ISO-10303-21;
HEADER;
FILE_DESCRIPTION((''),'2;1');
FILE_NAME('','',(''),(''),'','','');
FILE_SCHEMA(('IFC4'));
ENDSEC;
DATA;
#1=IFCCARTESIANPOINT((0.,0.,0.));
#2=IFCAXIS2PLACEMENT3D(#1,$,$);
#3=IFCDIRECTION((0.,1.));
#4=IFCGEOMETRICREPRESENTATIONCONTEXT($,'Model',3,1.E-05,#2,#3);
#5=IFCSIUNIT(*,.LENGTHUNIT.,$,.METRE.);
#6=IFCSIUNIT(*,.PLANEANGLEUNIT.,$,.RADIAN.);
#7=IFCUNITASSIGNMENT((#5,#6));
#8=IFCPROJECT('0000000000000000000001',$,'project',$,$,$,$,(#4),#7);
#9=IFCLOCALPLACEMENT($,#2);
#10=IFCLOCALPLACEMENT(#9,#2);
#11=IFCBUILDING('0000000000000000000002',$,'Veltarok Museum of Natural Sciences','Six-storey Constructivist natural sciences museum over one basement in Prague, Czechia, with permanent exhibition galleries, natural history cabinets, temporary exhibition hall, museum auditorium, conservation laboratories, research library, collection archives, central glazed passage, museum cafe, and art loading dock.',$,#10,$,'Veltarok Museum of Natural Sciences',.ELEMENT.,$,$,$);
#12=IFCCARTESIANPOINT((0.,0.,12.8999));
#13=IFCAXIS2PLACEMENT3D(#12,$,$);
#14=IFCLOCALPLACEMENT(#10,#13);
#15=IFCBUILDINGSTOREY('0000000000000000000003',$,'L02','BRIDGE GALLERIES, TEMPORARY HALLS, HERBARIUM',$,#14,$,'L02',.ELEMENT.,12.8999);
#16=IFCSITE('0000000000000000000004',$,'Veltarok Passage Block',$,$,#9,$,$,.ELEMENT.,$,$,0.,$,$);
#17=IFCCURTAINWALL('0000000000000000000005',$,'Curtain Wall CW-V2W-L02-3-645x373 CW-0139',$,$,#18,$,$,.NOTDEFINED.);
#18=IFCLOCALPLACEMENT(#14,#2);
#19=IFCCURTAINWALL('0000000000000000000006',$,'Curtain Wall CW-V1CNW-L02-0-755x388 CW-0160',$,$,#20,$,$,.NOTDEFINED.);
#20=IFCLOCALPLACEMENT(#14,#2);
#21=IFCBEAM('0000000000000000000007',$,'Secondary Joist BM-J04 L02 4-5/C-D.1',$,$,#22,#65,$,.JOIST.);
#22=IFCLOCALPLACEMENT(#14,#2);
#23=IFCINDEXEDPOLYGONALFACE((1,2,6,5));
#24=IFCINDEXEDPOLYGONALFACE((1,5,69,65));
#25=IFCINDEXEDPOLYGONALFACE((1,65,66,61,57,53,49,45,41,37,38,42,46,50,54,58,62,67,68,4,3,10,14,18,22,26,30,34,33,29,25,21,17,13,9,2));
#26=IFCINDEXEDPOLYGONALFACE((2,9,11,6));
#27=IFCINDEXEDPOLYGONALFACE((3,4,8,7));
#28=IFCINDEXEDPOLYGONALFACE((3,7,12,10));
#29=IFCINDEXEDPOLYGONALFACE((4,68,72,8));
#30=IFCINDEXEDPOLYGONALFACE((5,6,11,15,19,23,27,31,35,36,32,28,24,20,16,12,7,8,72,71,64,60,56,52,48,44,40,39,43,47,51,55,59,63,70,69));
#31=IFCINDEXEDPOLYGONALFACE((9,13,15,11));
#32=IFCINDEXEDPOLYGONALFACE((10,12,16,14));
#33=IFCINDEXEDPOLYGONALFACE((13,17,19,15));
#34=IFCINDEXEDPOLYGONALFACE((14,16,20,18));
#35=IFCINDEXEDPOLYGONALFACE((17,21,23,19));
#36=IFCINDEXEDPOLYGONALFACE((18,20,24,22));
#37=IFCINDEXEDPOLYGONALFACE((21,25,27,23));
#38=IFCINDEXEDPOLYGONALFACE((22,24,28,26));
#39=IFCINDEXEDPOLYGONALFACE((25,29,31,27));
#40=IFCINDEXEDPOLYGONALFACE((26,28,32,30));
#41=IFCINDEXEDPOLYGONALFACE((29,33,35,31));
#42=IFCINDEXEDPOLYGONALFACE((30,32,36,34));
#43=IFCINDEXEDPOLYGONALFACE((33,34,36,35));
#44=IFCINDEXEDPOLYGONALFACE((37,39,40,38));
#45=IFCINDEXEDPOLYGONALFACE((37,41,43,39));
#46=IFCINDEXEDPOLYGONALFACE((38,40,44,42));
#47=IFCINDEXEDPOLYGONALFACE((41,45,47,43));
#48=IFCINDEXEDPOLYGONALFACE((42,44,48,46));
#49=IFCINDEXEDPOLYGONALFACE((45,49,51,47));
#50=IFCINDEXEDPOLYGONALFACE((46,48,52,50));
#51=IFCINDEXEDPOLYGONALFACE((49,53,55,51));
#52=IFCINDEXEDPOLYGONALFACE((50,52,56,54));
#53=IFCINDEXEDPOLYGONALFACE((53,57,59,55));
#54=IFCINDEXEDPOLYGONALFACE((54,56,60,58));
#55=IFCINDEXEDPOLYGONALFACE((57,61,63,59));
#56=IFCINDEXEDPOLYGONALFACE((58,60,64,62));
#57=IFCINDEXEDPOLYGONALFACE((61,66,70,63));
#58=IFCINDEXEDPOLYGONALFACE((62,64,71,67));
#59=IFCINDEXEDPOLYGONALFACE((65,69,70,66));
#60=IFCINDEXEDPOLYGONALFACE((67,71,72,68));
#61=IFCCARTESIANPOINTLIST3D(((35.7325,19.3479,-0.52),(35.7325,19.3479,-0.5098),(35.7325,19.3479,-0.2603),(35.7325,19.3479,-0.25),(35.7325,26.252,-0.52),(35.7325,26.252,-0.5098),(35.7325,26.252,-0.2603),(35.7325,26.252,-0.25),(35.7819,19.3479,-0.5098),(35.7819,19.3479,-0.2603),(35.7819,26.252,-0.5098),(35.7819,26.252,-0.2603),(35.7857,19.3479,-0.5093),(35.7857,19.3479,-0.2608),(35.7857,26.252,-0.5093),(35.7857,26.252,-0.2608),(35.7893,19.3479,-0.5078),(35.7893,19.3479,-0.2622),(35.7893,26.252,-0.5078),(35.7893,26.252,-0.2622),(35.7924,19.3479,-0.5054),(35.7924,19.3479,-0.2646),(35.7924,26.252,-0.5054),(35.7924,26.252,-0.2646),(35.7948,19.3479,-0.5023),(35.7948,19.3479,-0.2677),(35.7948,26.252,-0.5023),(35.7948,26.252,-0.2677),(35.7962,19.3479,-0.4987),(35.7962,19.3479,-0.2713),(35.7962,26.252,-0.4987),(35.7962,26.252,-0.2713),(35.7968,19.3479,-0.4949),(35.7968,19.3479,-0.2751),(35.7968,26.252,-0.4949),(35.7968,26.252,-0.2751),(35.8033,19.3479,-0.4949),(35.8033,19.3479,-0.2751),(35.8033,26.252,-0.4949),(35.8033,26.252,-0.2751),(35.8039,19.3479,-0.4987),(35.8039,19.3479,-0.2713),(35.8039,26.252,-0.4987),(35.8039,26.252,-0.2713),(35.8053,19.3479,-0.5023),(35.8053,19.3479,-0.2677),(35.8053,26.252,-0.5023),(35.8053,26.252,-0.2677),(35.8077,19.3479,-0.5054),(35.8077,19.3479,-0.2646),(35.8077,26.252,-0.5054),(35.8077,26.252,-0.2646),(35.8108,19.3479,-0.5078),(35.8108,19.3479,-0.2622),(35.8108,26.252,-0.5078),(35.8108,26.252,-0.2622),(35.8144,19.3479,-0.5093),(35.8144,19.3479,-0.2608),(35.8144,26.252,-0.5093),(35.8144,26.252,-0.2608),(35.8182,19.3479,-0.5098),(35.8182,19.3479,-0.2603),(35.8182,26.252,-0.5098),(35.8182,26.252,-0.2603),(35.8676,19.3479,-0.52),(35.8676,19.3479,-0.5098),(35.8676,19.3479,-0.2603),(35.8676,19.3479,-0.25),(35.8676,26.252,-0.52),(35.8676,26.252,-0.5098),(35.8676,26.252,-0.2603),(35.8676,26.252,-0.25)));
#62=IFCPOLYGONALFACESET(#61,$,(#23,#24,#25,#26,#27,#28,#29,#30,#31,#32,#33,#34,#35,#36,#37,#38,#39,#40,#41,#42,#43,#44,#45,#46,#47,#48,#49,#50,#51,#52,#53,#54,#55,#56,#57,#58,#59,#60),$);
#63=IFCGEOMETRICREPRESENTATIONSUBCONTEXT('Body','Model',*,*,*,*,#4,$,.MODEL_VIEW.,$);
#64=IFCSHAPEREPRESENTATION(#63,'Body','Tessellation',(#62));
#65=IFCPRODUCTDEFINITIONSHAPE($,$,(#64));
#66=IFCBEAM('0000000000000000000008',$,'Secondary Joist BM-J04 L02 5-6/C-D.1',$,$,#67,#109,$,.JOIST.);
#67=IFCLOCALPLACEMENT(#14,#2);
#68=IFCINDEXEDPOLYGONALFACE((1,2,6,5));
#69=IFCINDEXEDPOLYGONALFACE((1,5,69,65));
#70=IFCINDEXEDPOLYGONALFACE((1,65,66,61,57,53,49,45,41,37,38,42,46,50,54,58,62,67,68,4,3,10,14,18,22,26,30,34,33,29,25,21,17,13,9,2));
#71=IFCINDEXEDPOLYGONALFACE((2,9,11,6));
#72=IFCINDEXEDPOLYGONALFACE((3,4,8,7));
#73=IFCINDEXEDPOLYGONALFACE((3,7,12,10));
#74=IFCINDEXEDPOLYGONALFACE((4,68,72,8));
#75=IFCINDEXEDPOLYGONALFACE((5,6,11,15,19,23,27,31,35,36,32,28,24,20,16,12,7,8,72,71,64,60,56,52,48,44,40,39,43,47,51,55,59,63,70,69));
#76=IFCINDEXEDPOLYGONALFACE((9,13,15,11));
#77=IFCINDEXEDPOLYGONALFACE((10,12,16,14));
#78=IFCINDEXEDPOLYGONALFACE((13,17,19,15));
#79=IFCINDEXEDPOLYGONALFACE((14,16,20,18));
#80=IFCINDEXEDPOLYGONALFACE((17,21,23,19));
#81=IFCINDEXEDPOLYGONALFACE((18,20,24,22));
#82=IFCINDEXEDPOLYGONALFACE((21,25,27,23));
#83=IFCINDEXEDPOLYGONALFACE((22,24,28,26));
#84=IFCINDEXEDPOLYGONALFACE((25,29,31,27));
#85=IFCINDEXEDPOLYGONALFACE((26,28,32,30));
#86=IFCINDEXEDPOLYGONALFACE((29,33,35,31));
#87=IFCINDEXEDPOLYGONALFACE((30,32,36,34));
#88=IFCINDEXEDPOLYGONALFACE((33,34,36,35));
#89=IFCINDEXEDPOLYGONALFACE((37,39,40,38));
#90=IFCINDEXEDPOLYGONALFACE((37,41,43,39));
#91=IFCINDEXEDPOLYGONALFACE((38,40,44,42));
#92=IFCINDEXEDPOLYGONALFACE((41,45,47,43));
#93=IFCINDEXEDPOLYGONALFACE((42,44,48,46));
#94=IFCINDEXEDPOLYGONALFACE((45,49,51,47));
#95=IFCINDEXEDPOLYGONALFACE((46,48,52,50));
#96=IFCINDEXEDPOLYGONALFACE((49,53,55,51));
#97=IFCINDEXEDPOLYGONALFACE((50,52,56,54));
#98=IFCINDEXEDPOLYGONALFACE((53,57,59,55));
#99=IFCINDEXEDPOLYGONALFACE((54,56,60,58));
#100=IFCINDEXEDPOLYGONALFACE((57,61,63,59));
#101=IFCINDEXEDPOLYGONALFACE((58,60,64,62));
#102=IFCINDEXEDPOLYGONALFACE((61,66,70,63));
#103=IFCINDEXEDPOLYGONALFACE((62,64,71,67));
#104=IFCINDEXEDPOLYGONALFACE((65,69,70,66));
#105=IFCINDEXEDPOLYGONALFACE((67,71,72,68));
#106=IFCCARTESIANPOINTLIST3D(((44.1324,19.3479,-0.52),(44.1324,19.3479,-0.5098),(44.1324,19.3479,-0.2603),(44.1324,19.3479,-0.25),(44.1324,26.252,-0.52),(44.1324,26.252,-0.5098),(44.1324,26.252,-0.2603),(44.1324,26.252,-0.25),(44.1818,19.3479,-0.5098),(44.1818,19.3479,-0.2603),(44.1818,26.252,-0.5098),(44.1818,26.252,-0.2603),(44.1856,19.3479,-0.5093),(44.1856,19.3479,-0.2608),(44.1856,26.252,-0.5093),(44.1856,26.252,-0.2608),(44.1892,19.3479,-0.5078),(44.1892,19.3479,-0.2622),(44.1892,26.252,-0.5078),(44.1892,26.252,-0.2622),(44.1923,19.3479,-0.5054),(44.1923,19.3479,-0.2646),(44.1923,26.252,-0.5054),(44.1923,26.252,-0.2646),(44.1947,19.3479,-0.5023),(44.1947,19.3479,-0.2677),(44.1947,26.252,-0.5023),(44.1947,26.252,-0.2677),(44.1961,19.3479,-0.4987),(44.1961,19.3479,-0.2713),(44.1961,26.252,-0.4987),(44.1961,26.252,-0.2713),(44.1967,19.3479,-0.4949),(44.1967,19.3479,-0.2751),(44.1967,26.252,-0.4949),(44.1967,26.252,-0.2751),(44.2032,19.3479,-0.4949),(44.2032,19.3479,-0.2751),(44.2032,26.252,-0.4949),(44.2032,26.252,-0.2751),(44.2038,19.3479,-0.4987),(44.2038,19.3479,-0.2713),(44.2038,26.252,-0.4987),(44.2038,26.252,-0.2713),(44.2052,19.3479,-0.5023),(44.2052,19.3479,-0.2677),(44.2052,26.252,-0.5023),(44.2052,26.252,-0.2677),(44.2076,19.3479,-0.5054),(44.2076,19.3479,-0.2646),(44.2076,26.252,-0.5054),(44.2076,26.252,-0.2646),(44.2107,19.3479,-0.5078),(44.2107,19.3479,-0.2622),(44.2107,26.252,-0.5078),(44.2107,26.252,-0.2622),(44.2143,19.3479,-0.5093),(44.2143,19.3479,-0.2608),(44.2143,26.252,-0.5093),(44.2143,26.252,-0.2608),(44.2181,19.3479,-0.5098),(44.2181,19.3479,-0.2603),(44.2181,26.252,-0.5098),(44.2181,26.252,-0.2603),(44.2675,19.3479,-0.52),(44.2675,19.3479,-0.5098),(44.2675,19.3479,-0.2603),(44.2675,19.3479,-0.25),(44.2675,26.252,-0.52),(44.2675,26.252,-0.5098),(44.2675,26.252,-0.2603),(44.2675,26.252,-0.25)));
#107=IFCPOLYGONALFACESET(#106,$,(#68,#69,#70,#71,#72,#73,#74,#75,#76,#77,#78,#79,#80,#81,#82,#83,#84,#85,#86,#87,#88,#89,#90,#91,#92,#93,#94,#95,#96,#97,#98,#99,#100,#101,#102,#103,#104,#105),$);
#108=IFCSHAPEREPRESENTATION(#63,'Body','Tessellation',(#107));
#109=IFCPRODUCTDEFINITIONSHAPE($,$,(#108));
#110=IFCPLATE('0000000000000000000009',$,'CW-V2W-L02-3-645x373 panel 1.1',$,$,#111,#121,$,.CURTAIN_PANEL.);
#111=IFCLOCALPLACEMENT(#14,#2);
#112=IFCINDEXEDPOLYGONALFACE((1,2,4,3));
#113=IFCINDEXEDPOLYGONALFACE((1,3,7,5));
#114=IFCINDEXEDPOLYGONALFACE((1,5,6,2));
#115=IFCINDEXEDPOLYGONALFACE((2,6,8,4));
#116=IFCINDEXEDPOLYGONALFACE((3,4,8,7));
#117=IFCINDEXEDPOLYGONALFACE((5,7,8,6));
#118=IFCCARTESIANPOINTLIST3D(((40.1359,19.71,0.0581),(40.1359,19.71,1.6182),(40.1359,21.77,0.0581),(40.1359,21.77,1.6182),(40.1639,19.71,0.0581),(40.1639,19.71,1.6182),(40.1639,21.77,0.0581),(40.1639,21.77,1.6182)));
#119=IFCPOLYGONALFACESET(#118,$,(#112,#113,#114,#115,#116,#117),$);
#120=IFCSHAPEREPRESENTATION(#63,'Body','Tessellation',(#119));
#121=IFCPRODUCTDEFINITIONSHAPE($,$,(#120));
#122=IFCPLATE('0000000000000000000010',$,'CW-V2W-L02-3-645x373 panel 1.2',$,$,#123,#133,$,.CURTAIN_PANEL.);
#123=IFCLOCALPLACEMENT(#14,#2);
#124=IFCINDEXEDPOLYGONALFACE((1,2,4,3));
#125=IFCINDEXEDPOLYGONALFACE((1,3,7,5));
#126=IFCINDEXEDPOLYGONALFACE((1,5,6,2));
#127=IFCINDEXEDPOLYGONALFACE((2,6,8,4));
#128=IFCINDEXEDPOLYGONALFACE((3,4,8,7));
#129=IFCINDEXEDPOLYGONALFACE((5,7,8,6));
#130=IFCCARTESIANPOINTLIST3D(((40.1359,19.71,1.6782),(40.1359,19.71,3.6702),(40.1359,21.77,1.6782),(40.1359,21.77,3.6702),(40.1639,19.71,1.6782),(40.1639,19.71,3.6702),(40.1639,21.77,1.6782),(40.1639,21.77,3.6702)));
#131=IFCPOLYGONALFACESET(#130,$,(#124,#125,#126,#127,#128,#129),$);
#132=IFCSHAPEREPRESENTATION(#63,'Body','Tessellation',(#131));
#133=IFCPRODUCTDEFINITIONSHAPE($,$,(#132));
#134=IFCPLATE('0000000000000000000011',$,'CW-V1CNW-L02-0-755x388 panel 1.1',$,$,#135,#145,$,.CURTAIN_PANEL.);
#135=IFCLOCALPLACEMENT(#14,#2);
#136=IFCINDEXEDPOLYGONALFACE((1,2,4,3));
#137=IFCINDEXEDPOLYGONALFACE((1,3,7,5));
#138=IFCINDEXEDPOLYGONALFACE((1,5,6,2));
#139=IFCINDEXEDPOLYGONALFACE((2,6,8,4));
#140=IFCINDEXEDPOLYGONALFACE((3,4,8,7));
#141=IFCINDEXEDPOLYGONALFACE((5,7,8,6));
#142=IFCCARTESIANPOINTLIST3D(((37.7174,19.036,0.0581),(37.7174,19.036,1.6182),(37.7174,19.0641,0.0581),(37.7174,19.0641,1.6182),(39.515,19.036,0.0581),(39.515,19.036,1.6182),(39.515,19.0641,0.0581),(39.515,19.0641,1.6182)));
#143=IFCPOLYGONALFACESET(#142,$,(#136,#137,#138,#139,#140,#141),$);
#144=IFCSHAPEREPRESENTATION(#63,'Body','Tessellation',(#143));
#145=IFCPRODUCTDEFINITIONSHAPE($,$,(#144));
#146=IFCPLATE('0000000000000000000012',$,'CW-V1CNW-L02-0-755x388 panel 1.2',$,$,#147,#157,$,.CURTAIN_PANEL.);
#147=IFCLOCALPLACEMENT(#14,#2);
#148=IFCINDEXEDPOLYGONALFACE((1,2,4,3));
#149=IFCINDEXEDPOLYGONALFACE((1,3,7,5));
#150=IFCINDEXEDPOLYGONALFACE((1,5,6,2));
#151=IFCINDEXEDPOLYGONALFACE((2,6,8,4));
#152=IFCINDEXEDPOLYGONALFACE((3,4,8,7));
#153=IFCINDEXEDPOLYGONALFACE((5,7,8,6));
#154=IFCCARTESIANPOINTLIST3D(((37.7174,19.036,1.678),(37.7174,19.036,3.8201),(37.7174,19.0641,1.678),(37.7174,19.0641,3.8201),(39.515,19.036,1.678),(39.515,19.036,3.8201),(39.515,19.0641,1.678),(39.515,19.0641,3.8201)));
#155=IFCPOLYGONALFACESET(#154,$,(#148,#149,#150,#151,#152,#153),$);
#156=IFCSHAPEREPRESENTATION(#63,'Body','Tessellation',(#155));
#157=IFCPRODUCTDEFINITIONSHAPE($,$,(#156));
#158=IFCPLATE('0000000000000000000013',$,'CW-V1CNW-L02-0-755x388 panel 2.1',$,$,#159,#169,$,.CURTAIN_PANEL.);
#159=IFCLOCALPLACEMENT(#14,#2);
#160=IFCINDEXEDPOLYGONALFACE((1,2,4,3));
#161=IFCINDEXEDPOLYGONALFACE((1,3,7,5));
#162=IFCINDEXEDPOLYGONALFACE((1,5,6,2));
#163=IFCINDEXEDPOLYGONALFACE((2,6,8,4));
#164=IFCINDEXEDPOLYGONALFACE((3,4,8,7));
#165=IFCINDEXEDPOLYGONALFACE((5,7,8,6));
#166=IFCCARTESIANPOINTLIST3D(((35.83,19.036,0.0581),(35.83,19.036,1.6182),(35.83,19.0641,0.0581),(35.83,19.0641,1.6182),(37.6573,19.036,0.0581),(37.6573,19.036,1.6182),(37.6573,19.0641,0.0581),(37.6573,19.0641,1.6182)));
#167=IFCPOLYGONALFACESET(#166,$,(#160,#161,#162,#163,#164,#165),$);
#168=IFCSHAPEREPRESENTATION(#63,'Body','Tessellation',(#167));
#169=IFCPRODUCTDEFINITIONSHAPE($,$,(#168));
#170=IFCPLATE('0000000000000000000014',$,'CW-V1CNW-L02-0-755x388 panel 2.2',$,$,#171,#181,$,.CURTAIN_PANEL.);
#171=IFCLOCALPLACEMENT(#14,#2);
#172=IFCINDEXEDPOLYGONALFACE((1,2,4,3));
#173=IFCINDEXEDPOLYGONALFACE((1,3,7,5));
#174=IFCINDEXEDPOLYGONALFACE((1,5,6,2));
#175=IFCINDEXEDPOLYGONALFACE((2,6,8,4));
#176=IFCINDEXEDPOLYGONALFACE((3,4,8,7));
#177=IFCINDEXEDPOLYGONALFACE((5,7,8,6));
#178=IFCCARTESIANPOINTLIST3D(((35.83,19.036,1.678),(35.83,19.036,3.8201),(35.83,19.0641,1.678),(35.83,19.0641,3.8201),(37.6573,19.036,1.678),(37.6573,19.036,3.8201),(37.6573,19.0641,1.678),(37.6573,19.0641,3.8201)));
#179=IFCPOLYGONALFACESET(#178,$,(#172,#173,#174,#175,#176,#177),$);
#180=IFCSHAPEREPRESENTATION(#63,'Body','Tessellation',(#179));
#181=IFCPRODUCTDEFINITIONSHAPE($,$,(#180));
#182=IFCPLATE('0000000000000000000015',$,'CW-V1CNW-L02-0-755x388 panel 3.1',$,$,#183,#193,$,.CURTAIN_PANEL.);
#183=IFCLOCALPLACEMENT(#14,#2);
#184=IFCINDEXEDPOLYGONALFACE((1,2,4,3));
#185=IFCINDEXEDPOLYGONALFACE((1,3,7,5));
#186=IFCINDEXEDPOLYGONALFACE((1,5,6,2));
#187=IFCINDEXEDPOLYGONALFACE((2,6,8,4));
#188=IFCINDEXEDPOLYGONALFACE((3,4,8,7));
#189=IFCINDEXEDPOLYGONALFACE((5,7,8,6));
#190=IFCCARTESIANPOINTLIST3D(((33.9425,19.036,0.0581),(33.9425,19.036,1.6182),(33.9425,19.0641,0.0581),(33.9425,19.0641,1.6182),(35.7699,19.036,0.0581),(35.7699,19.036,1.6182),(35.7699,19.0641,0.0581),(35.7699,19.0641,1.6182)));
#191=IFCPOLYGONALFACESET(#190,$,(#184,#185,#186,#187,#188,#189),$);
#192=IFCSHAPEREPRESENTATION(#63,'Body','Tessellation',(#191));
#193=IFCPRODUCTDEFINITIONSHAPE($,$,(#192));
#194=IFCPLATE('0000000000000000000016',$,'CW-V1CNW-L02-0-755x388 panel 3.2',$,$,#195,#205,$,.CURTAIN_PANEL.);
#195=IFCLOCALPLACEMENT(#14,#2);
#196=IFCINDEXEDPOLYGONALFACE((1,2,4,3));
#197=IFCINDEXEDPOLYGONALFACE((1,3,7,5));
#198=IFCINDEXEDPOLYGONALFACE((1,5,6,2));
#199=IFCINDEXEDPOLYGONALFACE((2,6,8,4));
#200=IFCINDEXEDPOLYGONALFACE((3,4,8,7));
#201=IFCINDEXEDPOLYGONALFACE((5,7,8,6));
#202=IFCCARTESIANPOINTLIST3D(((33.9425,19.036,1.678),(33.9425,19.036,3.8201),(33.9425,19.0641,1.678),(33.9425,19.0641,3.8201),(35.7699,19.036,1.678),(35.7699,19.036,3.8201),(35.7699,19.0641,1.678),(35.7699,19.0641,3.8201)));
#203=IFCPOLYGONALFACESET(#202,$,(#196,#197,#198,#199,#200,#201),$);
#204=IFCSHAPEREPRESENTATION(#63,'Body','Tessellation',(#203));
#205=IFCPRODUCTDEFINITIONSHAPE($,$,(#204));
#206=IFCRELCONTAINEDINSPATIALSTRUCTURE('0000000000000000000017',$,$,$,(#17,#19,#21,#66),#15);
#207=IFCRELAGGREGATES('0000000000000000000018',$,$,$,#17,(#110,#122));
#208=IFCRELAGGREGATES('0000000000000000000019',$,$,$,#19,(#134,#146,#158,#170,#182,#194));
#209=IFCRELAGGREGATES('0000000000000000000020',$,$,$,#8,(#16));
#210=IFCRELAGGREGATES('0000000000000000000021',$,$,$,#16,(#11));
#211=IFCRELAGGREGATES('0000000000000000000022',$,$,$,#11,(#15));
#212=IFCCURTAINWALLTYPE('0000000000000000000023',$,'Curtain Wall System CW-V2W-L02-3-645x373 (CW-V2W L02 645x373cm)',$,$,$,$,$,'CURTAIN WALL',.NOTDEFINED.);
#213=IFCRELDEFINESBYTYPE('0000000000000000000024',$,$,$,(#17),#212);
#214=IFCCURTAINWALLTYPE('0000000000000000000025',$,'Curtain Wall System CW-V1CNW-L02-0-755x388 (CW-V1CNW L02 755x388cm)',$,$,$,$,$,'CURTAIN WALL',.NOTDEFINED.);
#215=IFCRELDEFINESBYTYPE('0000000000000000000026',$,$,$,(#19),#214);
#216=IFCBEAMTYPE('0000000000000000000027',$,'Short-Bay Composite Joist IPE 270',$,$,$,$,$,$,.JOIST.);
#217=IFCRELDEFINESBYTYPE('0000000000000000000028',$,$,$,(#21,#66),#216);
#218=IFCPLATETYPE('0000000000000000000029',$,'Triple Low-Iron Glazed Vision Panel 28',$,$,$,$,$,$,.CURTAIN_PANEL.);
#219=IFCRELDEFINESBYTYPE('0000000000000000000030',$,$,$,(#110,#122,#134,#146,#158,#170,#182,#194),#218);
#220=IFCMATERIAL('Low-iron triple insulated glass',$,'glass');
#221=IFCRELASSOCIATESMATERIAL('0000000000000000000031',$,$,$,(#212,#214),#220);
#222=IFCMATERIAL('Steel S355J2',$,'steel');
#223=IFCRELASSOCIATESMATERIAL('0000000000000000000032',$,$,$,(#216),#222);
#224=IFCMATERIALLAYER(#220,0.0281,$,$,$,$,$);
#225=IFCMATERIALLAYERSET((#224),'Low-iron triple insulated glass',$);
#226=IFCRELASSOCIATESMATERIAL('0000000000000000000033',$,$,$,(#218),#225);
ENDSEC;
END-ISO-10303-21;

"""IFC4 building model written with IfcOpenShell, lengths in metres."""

from ifc_helpers import new_model, si_unit, direction, frame, origin, origin_2d, place, context, subcontext, project, spatial, rectangle, i_section, extrude, material, layer, layer_set, material_profile, profile_set, type_object, element, aggregate, save


model = new_model("IFC4")

# Units and contexts
model_context = context("Model", 3, precision=1e-05, world=origin(), true_north=direction((0.0, 1.0)))
body_context = subcontext(model_context, "Body", "Model", "MODEL_VIEW")
ifc_project = project(units=[si_unit("LENGTHUNIT", "METRE"), si_unit("PLANEANGLEUNIT", "RADIAN")], contexts=[model_context])

# Site, building, storey
site_placement = place(None, origin())
site = spatial("IfcSite", under=ifc_project, at=site_placement, Name="Veltarok Passage Block", CompositionType="ELEMENT", RefElevation=0.0)
building_placement = place(site_placement, origin())
building = spatial("IfcBuilding", under=site, at=building_placement, Name="Veltarok Museum of Natural Sciences", Description="Six-storey Constructivist natural sciences museum over one basement in Prague, Czechia, with permanent exhibition galleries, natural history cabinets, temporary exhibition hall, museum auditorium, conservation laboratories, research library, collection archives, central glazed passage, museum cafe, and art loading dock.", LongName="Veltarok Museum of Natural Sciences", CompositionType="ELEMENT")
storey_placement = place(building_placement, frame((0.0, 0.0, 12.8999)))
storey = spatial("IfcBuildingStorey", under=building, at=storey_placement, Name="L02", Description="BRIDGE GALLERIES, TEMPORARY HALLS, HERBARIUM", LongName="L02", CompositionType="ELEMENT", Elevation=12.8999)

# Curtain walls
ifc_material_1 = material(Name="Low-iron triple insulated glass", Category="glass")
curtain_wall_type_1 = type_object("IfcCurtainWallType", Name="Curtain Wall System CW-V2W-L02-3-645x373 (CW-V2W L02 645x373cm)", ElementType="CURTAIN WALL", PredefinedType="NOTDEFINED", material=ifc_material_1)
curtain_wall_1_placement = place(storey_placement, origin())
curtain_wall_1 = element("IfcCurtainWall", 1, at=curtain_wall_1_placement, inside=storey, type_object=curtain_wall_type_1, Name="Curtain Wall CW-V2W-L02-3-645x373 CW-0139", PredefinedType="NOTDEFINED")
curtain_wall_type_2 = type_object("IfcCurtainWallType", Name="Curtain Wall System CW-V1CNW-L02-0-755x388 (CW-V1CNW L02 755x388cm)", ElementType="CURTAIN WALL", PredefinedType="NOTDEFINED", material=ifc_material_1)
curtain_wall_2_placement = place(storey_placement, origin())
curtain_wall_2 = element("IfcCurtainWall", 2, at=curtain_wall_2_placement, inside=storey, type_object=curtain_wall_type_2, Name="Curtain Wall CW-V1CNW-L02-0-755x388 CW-0160", PredefinedType="NOTDEFINED")

# Beams
ifc_material_2 = material(Name="Steel S355J2", Category="steel")
ifc_material_profile_1 = material_profile(ifc_material_2, i_section(OverallWidth=0.135, OverallDepth=0.27, WebThickness=0.0066, FlangeThickness=0.0103, FilletRadius=0.0149, at=origin_2d()), Name="IPE 270")
ifc_profile_set_1 = profile_set([ifc_material_profile_1], Name="Steel S355J2")
beam_type_1 = type_object("IfcBeamType", Name="Short-Bay Composite Joist IPE 270", PredefinedType="JOIST", material=ifc_profile_set_1)
for number, where, z_axis, x_axis, name in (
    (3, (35.8, 19.3479, -0.385), (0.0, 1.0, 0.0), (-1.0, 0.0, 0.0), "Secondary Joist BM-J04 L02 4-5/C-D.1"),
    (4, (44.2, 19.3479, -0.385), (0.0, 1.0, 0.0), (-1.0, 0.0, 0.0), "Secondary Joist BM-J04 L02 5-6/C-D.1"),
):
    element("IfcBeam", number, at=place(storey_placement, frame(where, z_axis=z_axis, x_axis=x_axis)), inside=storey, type_object=beam_type_1, Name=name, PredefinedType="JOIST", context=body_context, shape_type="SweptSolid", body=[
        extrude(i_section(OverallWidth=0.135, OverallDepth=0.27, WebThickness=0.0066, FlangeThickness=0.0103, FilletRadius=0.0149, at=origin_2d()), origin(), (0.0, 0.0, 1.0), 6.9041),
    ])

# Plates
ifc_layer = layer(ifc_material_1, 0.0281)
ifc_layer_set = layer_set([ifc_layer], Name="Low-iron triple insulated glass")
plate_type = type_object("IfcPlateType", Name="Triple Low-Iron Glazed Vision Panel 28", PredefinedType="CURTAIN_PANEL", material=ifc_layer_set)
plate_1_placement = place(storey_placement, frame((40.1499, 20.74, 0.0581), z_axis=(0.0, 0.0, 1.0), x_axis=(0.0, 1.0, 0.0)))
plate_1 = element("IfcPlate", 5, at=plate_1_placement, type_object=plate_type, Name="CW-V2W-L02-3-645x373 panel 1.1", PredefinedType="CURTAIN_PANEL", context=body_context, shape_type="SweptSolid", body=[
    extrude(rectangle(XDim=2.0601, YDim=0.0281, at=origin_2d()), origin(), (0.0, 0.0, 1.0), 1.5601),
])
plate_2_placement = place(storey_placement, frame((40.1499, 20.74, 1.6782), z_axis=(0.0, 0.0, 1.0), x_axis=(0.0, 1.0, 0.0)))
plate_2 = element("IfcPlate", 6, at=plate_2_placement, type_object=plate_type, Name="CW-V2W-L02-3-645x373 panel 1.2", PredefinedType="CURTAIN_PANEL", context=body_context, shape_type="SweptSolid", body=[
    extrude(rectangle(XDim=2.0601, YDim=0.0281, at=origin_2d()), origin(), (0.0, 0.0, 1.0), 1.9919),
])
aggregate(curtain_wall_1, [plate_1, plate_2])
plate_3_placement = place(storey_placement, frame((38.6162, 19.05, 0.0581), z_axis=(0.0, 0.0, 1.0), x_axis=(-1.0, 0.0, 0.0)))
plate_3 = element("IfcPlate", 7, at=plate_3_placement, type_object=plate_type, Name="CW-V1CNW-L02-0-755x388 panel 1.1", PredefinedType="CURTAIN_PANEL", context=body_context, shape_type="SweptSolid", body=[
    extrude(rectangle(XDim=1.7976, YDim=0.0281, at=origin_2d()), origin(), (0.0, 0.0, 1.0), 1.5601),
])
plate_4_placement = place(storey_placement, frame((38.6162, 19.05, 1.678), z_axis=(0.0, 0.0, 1.0), x_axis=(-1.0, 0.0, 0.0)))
plate_4 = element("IfcPlate", 8, at=plate_4_placement, type_object=plate_type, Name="CW-V1CNW-L02-0-755x388 panel 1.2", PredefinedType="CURTAIN_PANEL", context=body_context, shape_type="SweptSolid", body=[
    extrude(rectangle(XDim=1.7976, YDim=0.0281, at=origin_2d()), origin(), (0.0, 0.0, 1.0), 2.1421),
])
plate_5_placement = place(storey_placement, frame((36.7437, 19.05, 0.0581), z_axis=(0.0, 0.0, 1.0), x_axis=(-1.0, 0.0, 0.0)))
plate_5 = element("IfcPlate", 9, at=plate_5_placement, type_object=plate_type, Name="CW-V1CNW-L02-0-755x388 panel 2.1", PredefinedType="CURTAIN_PANEL", context=body_context, shape_type="SweptSolid", body=[
    extrude(rectangle(XDim=1.8274, YDim=0.0281, at=origin_2d()), origin(), (0.0, 0.0, 1.0), 1.5601),
])
plate_6_placement = place(storey_placement, frame((36.7437, 19.05, 1.678), z_axis=(0.0, 0.0, 1.0), x_axis=(-1.0, 0.0, 0.0)))
plate_6 = element("IfcPlate", 10, at=plate_6_placement, type_object=plate_type, Name="CW-V1CNW-L02-0-755x388 panel 2.2", PredefinedType="CURTAIN_PANEL", context=body_context, shape_type="SweptSolid", body=[
    extrude(rectangle(XDim=1.8274, YDim=0.0281, at=origin_2d()), origin(), (0.0, 0.0, 1.0), 2.1421),
])
plate_7_placement = place(storey_placement, frame((34.8562, 19.05, 0.0581), z_axis=(0.0, 0.0, 1.0), x_axis=(-1.0, 0.0, 0.0)))
plate_7 = element("IfcPlate", 11, at=plate_7_placement, type_object=plate_type, Name="CW-V1CNW-L02-0-755x388 panel 3.1", PredefinedType="CURTAIN_PANEL", context=body_context, shape_type="SweptSolid", body=[
    extrude(rectangle(XDim=1.8274, YDim=0.0281, at=origin_2d()), origin(), (0.0, 0.0, 1.0), 1.5601),
])
plate_8_placement = place(storey_placement, frame((34.8562, 19.05, 1.678), z_axis=(0.0, 0.0, 1.0), x_axis=(-1.0, 0.0, 0.0)))
plate_8 = element("IfcPlate", 12, at=plate_8_placement, type_object=plate_type, Name="CW-V1CNW-L02-0-755x388 panel 3.2", PredefinedType="CURTAIN_PANEL", context=body_context, shape_type="SweptSolid", body=[
    extrude(rectangle(XDim=1.8274, YDim=0.0281, at=origin_2d()), origin(), (0.0, 0.0, 1.0), 2.1421),
])
aggregate(curtain_wall_2, [plate_3, plate_4, plate_5, plate_6, plate_7, plate_8])

save(model, "model.ifc")
